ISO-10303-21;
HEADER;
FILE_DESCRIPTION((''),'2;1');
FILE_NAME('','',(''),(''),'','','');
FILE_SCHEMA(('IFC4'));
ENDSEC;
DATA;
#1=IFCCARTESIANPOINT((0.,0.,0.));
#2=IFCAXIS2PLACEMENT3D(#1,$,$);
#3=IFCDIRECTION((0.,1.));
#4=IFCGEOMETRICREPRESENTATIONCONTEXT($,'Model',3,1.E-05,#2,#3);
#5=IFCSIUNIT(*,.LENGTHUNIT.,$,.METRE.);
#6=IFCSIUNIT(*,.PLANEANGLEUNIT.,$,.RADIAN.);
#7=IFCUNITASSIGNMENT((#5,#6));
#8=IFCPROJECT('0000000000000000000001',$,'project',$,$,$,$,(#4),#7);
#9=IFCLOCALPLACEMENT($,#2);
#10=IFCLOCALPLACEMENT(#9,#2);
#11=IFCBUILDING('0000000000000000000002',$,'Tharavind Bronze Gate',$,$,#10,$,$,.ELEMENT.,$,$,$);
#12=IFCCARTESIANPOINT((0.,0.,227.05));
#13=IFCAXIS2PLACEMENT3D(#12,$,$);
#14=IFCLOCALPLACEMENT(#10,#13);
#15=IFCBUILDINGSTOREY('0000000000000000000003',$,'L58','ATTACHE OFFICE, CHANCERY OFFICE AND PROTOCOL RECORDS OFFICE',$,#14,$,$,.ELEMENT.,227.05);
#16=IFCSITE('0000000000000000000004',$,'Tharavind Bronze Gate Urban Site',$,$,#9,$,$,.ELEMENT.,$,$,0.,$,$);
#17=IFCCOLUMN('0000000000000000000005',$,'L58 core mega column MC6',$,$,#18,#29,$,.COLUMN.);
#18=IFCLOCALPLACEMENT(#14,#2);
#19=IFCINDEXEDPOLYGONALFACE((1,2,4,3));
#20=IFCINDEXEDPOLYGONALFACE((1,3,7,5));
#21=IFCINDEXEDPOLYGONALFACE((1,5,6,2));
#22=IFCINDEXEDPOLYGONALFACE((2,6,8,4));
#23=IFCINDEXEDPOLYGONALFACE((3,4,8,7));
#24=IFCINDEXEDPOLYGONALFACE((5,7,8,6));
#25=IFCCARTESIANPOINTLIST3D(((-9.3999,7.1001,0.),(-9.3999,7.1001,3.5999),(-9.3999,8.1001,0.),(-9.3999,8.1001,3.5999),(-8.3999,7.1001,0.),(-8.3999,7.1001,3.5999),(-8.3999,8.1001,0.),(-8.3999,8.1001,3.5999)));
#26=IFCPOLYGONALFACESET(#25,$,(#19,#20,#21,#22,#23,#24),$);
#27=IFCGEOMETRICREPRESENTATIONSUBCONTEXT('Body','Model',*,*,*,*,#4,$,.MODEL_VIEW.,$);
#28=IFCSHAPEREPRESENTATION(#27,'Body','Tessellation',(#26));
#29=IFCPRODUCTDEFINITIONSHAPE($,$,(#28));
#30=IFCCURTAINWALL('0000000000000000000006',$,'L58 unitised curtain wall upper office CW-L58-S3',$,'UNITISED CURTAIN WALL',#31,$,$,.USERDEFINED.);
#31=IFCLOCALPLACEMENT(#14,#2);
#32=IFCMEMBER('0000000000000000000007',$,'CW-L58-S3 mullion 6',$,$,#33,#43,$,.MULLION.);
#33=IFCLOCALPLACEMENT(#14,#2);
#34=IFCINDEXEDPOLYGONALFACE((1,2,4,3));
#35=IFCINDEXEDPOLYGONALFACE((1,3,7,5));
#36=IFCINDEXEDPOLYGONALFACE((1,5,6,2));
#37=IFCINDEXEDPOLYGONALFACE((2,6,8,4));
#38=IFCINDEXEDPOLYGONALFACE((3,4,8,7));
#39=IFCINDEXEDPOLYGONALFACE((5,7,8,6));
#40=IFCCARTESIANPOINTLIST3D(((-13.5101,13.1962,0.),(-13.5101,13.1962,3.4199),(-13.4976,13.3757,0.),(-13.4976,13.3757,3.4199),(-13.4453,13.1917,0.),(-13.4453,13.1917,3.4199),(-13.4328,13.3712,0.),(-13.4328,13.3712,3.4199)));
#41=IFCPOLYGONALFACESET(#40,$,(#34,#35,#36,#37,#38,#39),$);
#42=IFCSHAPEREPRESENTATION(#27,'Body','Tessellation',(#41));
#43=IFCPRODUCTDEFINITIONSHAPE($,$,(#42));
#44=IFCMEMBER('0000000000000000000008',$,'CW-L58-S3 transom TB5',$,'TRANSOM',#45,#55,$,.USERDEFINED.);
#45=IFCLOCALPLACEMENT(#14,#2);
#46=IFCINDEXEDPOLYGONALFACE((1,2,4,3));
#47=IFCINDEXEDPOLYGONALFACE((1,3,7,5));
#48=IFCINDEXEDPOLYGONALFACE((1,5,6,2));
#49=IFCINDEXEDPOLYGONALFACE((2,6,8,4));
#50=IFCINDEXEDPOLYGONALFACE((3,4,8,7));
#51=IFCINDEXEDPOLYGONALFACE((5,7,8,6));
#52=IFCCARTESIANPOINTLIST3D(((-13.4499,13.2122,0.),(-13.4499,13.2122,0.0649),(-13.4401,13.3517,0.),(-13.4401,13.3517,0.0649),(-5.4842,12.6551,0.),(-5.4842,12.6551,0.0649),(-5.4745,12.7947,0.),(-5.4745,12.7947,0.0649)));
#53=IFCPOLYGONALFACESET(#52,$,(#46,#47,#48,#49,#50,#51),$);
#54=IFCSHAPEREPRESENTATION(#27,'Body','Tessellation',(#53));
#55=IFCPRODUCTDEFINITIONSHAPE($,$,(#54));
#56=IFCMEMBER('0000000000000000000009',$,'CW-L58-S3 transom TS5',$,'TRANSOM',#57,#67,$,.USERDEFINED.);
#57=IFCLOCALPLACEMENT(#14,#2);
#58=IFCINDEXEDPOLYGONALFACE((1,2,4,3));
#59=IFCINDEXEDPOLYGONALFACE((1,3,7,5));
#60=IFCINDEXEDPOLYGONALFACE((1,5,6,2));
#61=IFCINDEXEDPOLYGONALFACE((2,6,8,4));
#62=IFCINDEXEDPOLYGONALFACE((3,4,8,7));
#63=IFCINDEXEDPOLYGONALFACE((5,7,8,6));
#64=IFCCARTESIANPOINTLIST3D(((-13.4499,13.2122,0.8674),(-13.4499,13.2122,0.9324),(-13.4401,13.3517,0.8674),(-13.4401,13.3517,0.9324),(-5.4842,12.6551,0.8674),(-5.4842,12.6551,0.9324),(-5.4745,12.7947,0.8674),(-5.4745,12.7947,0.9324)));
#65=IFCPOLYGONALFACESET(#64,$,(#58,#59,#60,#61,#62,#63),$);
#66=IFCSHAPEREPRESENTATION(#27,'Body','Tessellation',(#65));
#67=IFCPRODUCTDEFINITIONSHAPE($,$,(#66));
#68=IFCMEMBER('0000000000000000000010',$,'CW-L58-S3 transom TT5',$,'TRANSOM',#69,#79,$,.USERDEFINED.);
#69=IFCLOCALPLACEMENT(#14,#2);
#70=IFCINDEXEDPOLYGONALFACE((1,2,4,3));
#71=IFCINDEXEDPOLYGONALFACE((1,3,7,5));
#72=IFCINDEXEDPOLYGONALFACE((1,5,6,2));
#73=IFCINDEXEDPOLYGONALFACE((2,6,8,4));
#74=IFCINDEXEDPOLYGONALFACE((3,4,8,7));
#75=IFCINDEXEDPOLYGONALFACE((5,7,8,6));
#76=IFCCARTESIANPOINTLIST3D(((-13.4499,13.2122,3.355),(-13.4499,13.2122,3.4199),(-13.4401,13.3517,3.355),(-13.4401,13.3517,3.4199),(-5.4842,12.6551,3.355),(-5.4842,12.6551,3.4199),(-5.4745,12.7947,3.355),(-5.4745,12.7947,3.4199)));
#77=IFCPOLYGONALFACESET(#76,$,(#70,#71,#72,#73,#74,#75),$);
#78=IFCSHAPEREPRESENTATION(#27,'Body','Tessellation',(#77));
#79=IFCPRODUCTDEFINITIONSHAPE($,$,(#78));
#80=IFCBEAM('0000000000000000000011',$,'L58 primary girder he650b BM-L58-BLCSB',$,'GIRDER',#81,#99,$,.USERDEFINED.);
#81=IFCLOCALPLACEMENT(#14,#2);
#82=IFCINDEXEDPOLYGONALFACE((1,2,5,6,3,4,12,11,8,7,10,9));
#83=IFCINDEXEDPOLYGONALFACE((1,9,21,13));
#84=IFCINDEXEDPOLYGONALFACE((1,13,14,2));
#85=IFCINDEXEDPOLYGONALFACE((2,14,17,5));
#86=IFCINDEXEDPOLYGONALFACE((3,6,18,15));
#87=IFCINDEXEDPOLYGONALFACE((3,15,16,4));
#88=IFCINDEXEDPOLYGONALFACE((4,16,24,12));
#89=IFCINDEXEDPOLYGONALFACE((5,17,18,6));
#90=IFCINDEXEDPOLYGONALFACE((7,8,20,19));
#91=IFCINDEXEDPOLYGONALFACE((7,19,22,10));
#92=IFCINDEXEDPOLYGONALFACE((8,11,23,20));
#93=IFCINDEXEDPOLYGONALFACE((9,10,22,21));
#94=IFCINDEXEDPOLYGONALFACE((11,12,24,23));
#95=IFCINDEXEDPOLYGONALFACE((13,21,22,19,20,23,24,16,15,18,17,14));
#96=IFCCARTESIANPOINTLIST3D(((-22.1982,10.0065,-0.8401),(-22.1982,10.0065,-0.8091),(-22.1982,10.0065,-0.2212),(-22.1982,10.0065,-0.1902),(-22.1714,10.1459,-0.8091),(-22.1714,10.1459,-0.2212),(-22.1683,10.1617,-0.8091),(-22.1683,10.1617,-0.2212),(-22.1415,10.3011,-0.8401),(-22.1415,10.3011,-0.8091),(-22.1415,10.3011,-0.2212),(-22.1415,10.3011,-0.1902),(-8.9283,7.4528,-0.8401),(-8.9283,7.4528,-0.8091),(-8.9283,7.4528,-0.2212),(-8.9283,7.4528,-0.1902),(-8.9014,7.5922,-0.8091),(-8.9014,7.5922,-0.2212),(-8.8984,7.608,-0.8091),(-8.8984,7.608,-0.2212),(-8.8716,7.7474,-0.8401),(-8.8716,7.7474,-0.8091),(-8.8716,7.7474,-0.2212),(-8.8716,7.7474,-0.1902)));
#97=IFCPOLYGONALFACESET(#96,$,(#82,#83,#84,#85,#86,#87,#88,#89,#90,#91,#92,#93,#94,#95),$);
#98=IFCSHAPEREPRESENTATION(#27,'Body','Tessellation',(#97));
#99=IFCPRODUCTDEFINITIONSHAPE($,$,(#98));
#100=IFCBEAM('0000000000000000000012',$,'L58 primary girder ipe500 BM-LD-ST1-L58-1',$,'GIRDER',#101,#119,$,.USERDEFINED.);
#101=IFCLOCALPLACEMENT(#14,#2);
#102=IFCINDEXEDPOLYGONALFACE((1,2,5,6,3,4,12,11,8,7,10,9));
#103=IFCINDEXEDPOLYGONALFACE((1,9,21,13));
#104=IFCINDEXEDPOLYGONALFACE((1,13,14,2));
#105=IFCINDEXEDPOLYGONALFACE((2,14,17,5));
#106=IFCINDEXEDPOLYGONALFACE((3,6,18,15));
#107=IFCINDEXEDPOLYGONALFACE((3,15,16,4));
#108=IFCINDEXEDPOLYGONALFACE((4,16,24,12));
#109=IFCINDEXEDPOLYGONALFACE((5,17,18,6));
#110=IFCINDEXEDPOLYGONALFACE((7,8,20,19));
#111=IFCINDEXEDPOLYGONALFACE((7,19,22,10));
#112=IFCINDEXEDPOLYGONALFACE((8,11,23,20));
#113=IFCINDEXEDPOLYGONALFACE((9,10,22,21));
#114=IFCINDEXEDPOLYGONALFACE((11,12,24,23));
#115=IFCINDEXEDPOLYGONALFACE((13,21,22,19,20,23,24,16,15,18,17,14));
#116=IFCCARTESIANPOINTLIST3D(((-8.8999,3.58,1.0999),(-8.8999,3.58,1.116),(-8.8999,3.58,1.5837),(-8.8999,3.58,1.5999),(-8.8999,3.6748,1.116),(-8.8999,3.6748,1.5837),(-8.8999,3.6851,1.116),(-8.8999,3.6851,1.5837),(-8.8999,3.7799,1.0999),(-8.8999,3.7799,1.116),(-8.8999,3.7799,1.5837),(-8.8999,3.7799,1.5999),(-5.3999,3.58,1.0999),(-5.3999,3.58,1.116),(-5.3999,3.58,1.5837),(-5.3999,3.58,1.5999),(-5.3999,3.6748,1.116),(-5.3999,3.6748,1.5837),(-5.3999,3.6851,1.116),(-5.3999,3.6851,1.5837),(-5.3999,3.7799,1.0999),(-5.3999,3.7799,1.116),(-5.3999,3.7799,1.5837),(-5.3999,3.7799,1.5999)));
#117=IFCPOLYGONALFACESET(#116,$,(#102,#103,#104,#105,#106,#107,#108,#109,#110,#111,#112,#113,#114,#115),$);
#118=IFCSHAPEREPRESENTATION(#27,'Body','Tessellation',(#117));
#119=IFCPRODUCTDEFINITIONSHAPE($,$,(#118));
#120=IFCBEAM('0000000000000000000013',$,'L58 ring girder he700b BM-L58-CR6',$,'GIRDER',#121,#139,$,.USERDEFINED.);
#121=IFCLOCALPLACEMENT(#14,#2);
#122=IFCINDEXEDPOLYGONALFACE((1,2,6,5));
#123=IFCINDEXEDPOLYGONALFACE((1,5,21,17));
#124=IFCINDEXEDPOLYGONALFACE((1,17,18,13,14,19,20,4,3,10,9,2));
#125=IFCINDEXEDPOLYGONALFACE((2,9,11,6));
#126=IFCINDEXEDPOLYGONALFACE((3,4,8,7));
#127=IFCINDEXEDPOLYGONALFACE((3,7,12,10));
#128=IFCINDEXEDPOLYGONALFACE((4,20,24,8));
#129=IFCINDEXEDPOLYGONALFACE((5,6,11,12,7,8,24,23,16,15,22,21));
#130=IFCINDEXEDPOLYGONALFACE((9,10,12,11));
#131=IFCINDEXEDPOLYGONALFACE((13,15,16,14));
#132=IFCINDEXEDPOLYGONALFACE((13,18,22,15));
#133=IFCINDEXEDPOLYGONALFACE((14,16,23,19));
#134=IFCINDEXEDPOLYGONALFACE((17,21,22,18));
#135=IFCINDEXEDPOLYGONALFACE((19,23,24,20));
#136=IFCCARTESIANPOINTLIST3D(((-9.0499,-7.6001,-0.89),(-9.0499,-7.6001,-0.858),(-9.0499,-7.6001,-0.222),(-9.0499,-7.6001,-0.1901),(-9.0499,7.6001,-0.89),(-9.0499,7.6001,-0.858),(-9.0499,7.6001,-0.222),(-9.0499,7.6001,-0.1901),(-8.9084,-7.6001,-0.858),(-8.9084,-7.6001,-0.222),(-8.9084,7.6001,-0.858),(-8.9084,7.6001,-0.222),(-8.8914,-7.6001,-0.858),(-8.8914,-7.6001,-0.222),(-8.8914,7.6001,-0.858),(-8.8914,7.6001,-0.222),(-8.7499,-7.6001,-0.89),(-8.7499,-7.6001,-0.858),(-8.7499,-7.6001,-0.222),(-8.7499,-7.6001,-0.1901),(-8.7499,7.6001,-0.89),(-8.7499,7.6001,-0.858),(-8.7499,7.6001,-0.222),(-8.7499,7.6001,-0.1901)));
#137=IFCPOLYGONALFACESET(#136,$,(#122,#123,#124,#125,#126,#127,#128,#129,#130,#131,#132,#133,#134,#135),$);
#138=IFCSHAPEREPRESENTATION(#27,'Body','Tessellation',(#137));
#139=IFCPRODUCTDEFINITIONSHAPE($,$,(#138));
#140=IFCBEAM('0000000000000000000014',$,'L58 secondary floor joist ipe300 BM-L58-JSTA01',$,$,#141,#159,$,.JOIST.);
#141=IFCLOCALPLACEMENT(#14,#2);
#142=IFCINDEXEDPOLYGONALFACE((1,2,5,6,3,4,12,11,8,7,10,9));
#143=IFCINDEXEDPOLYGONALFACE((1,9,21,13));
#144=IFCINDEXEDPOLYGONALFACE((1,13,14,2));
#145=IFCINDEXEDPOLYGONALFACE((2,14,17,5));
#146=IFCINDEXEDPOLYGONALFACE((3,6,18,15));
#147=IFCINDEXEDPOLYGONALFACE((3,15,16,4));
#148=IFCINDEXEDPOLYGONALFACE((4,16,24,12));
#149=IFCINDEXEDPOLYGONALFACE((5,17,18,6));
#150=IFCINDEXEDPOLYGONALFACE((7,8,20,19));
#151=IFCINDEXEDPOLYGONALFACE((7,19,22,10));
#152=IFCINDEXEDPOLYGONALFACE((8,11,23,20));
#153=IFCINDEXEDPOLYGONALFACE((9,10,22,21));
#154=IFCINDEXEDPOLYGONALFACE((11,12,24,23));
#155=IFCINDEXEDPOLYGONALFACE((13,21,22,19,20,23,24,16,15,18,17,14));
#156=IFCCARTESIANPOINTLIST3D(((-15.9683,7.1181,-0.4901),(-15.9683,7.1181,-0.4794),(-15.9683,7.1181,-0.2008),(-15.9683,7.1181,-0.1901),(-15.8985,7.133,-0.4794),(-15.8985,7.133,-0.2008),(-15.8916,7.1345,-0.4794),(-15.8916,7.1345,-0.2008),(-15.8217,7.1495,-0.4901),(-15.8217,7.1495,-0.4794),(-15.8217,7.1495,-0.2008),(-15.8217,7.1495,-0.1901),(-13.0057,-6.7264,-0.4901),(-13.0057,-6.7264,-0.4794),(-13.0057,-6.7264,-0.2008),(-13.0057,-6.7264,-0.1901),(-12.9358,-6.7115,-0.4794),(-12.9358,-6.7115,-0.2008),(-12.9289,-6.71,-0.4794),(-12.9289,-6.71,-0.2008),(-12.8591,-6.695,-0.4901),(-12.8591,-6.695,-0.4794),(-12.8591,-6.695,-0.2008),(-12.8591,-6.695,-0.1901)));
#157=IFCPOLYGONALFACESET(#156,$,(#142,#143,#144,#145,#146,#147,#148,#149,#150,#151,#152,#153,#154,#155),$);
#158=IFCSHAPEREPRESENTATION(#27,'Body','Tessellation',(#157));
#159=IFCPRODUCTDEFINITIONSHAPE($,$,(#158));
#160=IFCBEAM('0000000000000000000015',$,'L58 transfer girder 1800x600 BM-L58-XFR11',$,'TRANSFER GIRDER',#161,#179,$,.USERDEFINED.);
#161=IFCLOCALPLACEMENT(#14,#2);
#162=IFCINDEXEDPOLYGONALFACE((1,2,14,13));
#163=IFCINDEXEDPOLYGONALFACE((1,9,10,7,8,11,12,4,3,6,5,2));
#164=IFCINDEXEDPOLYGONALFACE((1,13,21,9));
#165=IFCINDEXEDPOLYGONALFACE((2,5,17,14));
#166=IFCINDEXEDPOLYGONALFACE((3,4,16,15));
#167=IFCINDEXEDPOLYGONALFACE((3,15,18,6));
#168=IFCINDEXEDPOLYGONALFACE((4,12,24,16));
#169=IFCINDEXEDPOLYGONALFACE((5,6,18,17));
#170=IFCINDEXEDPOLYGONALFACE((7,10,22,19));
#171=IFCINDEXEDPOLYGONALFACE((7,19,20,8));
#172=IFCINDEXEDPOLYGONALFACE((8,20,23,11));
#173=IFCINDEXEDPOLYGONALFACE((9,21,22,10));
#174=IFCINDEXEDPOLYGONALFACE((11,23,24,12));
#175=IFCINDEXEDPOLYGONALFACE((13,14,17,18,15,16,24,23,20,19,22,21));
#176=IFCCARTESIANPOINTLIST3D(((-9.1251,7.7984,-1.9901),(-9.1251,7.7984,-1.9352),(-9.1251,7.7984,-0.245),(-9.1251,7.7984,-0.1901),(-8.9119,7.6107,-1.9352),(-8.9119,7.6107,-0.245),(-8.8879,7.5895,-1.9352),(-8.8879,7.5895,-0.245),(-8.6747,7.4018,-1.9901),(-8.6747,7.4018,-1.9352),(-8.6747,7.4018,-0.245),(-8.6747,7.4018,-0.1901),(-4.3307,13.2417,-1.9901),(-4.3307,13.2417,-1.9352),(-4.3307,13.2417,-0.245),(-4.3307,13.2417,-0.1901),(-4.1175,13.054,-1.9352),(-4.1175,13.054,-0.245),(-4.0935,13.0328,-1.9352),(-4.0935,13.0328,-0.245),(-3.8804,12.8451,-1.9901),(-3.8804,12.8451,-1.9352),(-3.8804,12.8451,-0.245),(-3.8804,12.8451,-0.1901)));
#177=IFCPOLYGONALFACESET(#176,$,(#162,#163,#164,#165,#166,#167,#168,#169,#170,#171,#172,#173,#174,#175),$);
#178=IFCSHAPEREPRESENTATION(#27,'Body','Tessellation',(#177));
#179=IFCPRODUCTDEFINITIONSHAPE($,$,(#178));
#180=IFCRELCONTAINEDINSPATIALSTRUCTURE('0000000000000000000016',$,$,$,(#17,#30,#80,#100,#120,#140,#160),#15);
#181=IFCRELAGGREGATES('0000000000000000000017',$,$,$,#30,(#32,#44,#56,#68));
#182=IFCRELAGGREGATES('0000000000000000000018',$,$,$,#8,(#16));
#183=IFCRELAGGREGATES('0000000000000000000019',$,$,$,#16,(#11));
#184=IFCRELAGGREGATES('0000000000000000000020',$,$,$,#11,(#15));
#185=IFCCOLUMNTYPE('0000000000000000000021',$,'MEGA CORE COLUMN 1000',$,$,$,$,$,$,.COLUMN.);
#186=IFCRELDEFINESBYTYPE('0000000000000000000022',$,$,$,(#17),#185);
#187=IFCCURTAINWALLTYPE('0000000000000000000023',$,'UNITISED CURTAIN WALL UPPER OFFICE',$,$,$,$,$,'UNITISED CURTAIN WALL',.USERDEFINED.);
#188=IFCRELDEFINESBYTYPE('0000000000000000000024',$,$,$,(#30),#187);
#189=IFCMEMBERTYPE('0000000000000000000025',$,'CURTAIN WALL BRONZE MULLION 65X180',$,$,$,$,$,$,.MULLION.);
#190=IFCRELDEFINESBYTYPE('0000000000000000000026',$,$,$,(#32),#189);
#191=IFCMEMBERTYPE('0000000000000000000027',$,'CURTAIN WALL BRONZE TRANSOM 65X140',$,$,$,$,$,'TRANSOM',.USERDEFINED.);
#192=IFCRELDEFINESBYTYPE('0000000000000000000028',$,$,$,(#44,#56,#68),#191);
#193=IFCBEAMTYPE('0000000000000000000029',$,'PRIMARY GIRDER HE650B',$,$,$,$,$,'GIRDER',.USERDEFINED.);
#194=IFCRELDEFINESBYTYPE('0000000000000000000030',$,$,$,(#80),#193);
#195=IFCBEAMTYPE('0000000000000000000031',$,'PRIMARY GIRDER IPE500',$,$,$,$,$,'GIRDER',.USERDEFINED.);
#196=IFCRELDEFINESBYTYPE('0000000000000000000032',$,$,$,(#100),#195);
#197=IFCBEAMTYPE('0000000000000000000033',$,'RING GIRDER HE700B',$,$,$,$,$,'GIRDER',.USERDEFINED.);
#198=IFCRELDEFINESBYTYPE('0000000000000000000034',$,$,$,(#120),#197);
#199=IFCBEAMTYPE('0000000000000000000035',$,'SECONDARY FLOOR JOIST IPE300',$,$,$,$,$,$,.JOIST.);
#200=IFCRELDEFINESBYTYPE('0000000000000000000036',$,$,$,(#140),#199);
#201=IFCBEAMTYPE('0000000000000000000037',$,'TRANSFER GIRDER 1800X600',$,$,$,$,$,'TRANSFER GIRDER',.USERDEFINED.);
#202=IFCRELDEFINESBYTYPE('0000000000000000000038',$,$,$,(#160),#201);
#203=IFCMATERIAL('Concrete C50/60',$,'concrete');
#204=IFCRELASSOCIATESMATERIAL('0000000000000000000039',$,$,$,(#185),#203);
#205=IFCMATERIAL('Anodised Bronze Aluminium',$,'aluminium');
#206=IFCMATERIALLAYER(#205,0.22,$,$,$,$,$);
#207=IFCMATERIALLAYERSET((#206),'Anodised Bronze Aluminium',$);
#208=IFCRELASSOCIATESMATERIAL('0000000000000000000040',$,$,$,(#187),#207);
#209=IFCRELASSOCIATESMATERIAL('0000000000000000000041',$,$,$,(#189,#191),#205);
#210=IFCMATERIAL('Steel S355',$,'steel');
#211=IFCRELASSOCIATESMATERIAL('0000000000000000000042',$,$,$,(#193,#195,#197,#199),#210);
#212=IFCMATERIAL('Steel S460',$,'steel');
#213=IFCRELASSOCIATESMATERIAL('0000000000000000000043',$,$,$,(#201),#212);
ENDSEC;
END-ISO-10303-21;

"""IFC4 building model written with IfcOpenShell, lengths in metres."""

from ifc_helpers import new_model, si_unit, direction, frame, origin, origin_2d, place, context, subcontext, project, spatial, rectangle, i_section, extrude, material, layer, layer_set, material_profile, profile_set, type_object, element, aggregate, save


model = new_model("IFC4")

# Units and contexts
model_context = context("Model", 3, precision=1e-05, world=origin(), true_north=direction((0.0, 1.0)))
body_context = subcontext(model_context, "Body", "Model", "MODEL_VIEW")
ifc_project = project(units=[si_unit("LENGTHUNIT", "METRE"), si_unit("PLANEANGLEUNIT", "RADIAN")], contexts=[model_context])

# Site, building, storey
site_placement = place(None, origin())
site = spatial("IfcSite", under=ifc_project, at=site_placement, Name="Tharavind Bronze Gate Urban Site", CompositionType="ELEMENT", RefElevation=0.0)
building_placement = place(site_placement, origin())
building = spatial("IfcBuilding", under=site, at=building_placement, Name="Tharavind Bronze Gate", CompositionType="ELEMENT")
storey_placement = place(building_placement, frame((0.0, 0.0, 227.05)))
storey = spatial("IfcBuildingStorey", under=building, at=storey_placement, Name="L58", Description="ATTACHE OFFICE, CHANCERY OFFICE AND PROTOCOL RECORDS OFFICE", CompositionType="ELEMENT", Elevation=227.05)

# Column
ifc_material_1 = material(Name="Concrete C50/60", Category="concrete")
ifc_material_profile_1 = material_profile(ifc_material_1, rectangle(XDim=1.0, YDim=1.0, at=origin_2d()), Name="RCCOL1000")
ifc_profile_set_1 = profile_set([ifc_material_profile_1], Name="Concrete C50/60")
column_type = type_object("IfcColumnType", Name="MEGA CORE COLUMN 1000", PredefinedType="COLUMN", material=ifc_profile_set_1)
column_placement = place(storey_placement, frame((-8.8999, 7.6001, 0.0), z_axis=(0.0, 0.0, 1.0), x_axis=(1.0, 0.0, 0.0)))
element("IfcColumn", 1, at=column_placement, inside=storey, type_object=column_type, Name="L58 core mega column MC6", PredefinedType="COLUMN", context=body_context, shape_type="SweptSolid", body=[
    extrude(rectangle(XDim=1.0, YDim=1.0, at=origin_2d()), origin(), (0.0, 0.0, 1.0), 3.5999),
])

# Curtain wall, members
ifc_material_2 = material(Name="Anodised Bronze Aluminium", Category="aluminium")
ifc_layer_1 = layer(ifc_material_2, 0.22)
ifc_layer_set_1 = layer_set([ifc_layer_1], Name="Anodised Bronze Aluminium")
curtain_wall_type = type_object("IfcCurtainWallType", Name="UNITISED CURTAIN WALL UPPER OFFICE", ElementType="UNITISED CURTAIN WALL", PredefinedType="USERDEFINED", material=ifc_layer_set_1)
curtain_wall_placement = place(storey_placement, origin())
curtain_wall = element("IfcCurtainWall", 2, at=curtain_wall_placement, inside=storey, type_object=curtain_wall_type, Name="L58 unitised curtain wall upper office CW-L58-S3", ObjectType="UNITISED CURTAIN WALL", PredefinedType="USERDEFINED")
member_type_1 = type_object("IfcMemberType", Name="CURTAIN WALL BRONZE MULLION 65X180", PredefinedType="MULLION", material=ifc_material_2)
member_1_placement = place(storey_placement, frame((-13.4714, 13.2837, 0.0), z_axis=(0.0, 0.0, 1.0), x_axis=(-0.997564, 0.069758, 0.0)))
member_1 = element("IfcMember", 3, at=member_1_placement, type_object=member_type_1, Name="CW-L58-S3 mullion 6", PredefinedType="MULLION", context=body_context, shape_type="SweptSolid", body=[
    extrude(rectangle(XDim=0.0649, YDim=0.1799, at=origin_2d()), origin(), (0.0, 0.0, 1.0), 3.4199),
])
member_type_2 = type_object("IfcMemberType", Name="CURTAIN WALL BRONZE TRANSOM 65X140", ElementType="TRANSOM", PredefinedType="USERDEFINED", material=ifc_material_2)
member_2_placement = place(storey_placement, frame((-9.4622, 13.0034, 0.0), z_axis=(0.0, 0.0, 1.0), x_axis=(-0.997564, 0.069758, 0.0)))
member_2 = element("IfcMember", 4, at=member_2_placement, type_object=member_type_2, Name="CW-L58-S3 transom TB5", ObjectType="TRANSOM", PredefinedType="USERDEFINED", context=body_context, shape_type="SweptSolid", body=[
    extrude(rectangle(XDim=7.9851, YDim=0.1399, at=origin_2d()), origin(), (0.0, 0.0, 1.0), 0.0649),
])
member_3_placement = place(storey_placement, frame((-9.4622, 13.0034, 0.8674), z_axis=(0.0, 0.0, 1.0), x_axis=(-0.997564, 0.069758, 0.0)))
member_3 = element("IfcMember", 5, at=member_3_placement, type_object=member_type_2, Name="CW-L58-S3 transom TS5", ObjectType="TRANSOM", PredefinedType="USERDEFINED", context=body_context, shape_type="SweptSolid", body=[
    extrude(rectangle(XDim=7.9851, YDim=0.1399, at=origin_2d()), origin(), (0.0, 0.0, 1.0), 0.0649),
])
member_4_placement = place(storey_placement, frame((-9.4622, 13.0034, 3.355), z_axis=(0.0, 0.0, 1.0), x_axis=(-0.997564, 0.069758, 0.0)))
member_4 = element("IfcMember", 6, at=member_4_placement, type_object=member_type_2, Name="CW-L58-S3 transom TT5", ObjectType="TRANSOM", PredefinedType="USERDEFINED", context=body_context, shape_type="SweptSolid", body=[
    extrude(rectangle(XDim=7.9851, YDim=0.1399, at=origin_2d()), origin(), (0.0, 0.0, 1.0), 0.0649),
])

# Beams
ifc_material_3 = material(Name="Steel S355", Category="steel")
ifc_material_profile_2 = material_profile(ifc_material_3, i_section(OverallWidth=0.3, OverallDepth=0.6499, WebThickness=0.0161, FlangeThickness=0.031, at=origin_2d()), Name="HE650B")
ifc_profile_set_2 = profile_set([ifc_material_profile_2], Name="Steel S355")
beam_type_1 = type_object("IfcBeamType", Name="PRIMARY GIRDER HE650B", ElementType="GIRDER", PredefinedType="USERDEFINED", material=ifc_profile_set_2)
beam_1_placement = place(storey_placement, frame((-8.8999, 7.6001, -0.5151), z_axis=(-0.981982, 0.188975, 0.0), x_axis=(-0.188975, -0.981982, 0.0)))
element("IfcBeam", 7, at=beam_1_placement, inside=storey, type_object=beam_type_1, Name="L58 primary girder he650b BM-L58-BLCSB", ObjectType="GIRDER", PredefinedType="USERDEFINED", context=body_context, shape_type="SweptSolid", body=[
    extrude(i_section(OverallWidth=0.3, OverallDepth=0.6499, WebThickness=0.0161, FlangeThickness=0.031, at=origin_2d()), origin(), (0.0, 0.0, 1.0), 13.5134),
])
ifc_material_profile_3 = material_profile(ifc_material_3, i_section(OverallWidth=0.2, OverallDepth=0.5, WebThickness=0.0103, FlangeThickness=0.0161, at=origin_2d()), Name="IPE500")
ifc_profile_set_3 = profile_set([ifc_material_profile_3], Name="Steel S355")
beam_type_2 = type_object("IfcBeamType", Name="PRIMARY GIRDER IPE500", ElementType="GIRDER", PredefinedType="USERDEFINED", material=ifc_profile_set_3)
beam_2_placement = place(storey_placement, frame((-8.8999, 3.6799, 1.3499), z_axis=(1.0, 0.0, 0.0), x_axis=(0.0, 1.0, 0.0)))
element("IfcBeam", 8, at=beam_2_placement, inside=storey, type_object=beam_type_2, Name="L58 primary girder ipe500 BM-LD-ST1-L58-1", ObjectType="GIRDER", PredefinedType="USERDEFINED", context=body_context, shape_type="SweptSolid", body=[
    extrude(i_section(OverallWidth=0.2, OverallDepth=0.5, WebThickness=0.0103, FlangeThickness=0.0161, at=origin_2d()), origin(), (0.0, 0.0, 1.0), 3.5),
])
ifc_material_profile_4 = material_profile(ifc_material_3, i_section(OverallWidth=0.3, OverallDepth=0.7, WebThickness=0.0171, FlangeThickness=0.032, at=origin_2d()), Name="HE700B")
ifc_profile_set_4 = profile_set([ifc_material_profile_4], Name="Steel S355")
beam_type_3 = type_object("IfcBeamType", Name="RING GIRDER HE700B", ElementType="GIRDER", PredefinedType="USERDEFINED", material=ifc_profile_set_4)
beam_3_placement = place(storey_placement, frame((-8.8999, 7.6001, -0.54), z_axis=(0.0, -1.0, 0.0), x_axis=(1.0, 0.0, 0.0)))
element("IfcBeam", 9, at=beam_3_placement, inside=storey, type_object=beam_type_3, Name="L58 ring girder he700b BM-L58-CR6", ObjectType="GIRDER", PredefinedType="USERDEFINED", context=body_context, shape_type="SweptSolid", body=[
    extrude(i_section(OverallWidth=0.3, OverallDepth=0.7, WebThickness=0.0171, FlangeThickness=0.032, at=origin_2d()), origin(), (0.0, 0.0, 1.0), 15.2002),
])
ifc_material_profile_5 = material_profile(ifc_material_3, i_section(OverallWidth=0.1499, OverallDepth=0.3, WebThickness=0.0071, FlangeThickness=0.0107, at=origin_2d()), Name="IPE300")
ifc_profile_set_5 = profile_set([ifc_material_profile_5], Name="Steel S355")
beam_type_4 = type_object("IfcBeamType", Name="SECONDARY FLOOR JOIST IPE300", PredefinedType="JOIST", material=ifc_profile_set_5)
beam_4_placement = place(storey_placement, frame((-15.895, 7.1338, -0.3401), z_axis=(0.209257, -0.977861, 0.0), x_axis=(0.977861, 0.209257, 0.0)))
element("IfcBeam", 10, at=beam_4_placement, inside=storey, type_object=beam_type_4, Name="L58 secondary floor joist ipe300 BM-L58-JSTA01", PredefinedType="JOIST", context=body_context, shape_type="SweptSolid", body=[
    extrude(i_section(OverallWidth=0.1499, OverallDepth=0.3, WebThickness=0.0071, FlangeThickness=0.0107, at=origin_2d()), origin(), (0.0, 0.0, 1.0), 14.158),
])
ifc_material_4 = material(Name="Steel S460", Category="steel")
ifc_material_profile_6 = material_profile(ifc_material_4, i_section(OverallWidth=0.6001, OverallDepth=1.8, WebThickness=0.032, FlangeThickness=0.0549, at=origin_2d()), Name="PG1800X600")
ifc_profile_set_6 = profile_set([ifc_material_profile_6], Name="Steel S460")
beam_type_5 = type_object("IfcBeamType", Name="TRANSFER GIRDER 1800X600", ElementType="TRANSFER GIRDER", PredefinedType="USERDEFINED", material=ifc_profile_set_6)
beam_5_placement = place(storey_placement, frame((-8.8999, 7.6001, -1.0901), z_axis=(0.66096, 0.750421, 0.0), x_axis=(-0.750421, 0.66096, 0.0)))
element("IfcBeam", 11, at=beam_5_placement, inside=storey, type_object=beam_type_5, Name="L58 transfer girder 1800x600 BM-L58-XFR11", ObjectType="TRANSFER GIRDER", PredefinedType="USERDEFINED", context=body_context, shape_type="SweptSolid", body=[
    extrude(i_section(OverallWidth=0.6001, OverallDepth=1.8, WebThickness=0.032, FlangeThickness=0.0549, at=origin_2d()), origin(), (0.0, 0.0, 1.0), 7.2537),
])

aggregate(curtain_wall, [member_1, member_2, member_3, member_4])

save(model, "model.ifc")
